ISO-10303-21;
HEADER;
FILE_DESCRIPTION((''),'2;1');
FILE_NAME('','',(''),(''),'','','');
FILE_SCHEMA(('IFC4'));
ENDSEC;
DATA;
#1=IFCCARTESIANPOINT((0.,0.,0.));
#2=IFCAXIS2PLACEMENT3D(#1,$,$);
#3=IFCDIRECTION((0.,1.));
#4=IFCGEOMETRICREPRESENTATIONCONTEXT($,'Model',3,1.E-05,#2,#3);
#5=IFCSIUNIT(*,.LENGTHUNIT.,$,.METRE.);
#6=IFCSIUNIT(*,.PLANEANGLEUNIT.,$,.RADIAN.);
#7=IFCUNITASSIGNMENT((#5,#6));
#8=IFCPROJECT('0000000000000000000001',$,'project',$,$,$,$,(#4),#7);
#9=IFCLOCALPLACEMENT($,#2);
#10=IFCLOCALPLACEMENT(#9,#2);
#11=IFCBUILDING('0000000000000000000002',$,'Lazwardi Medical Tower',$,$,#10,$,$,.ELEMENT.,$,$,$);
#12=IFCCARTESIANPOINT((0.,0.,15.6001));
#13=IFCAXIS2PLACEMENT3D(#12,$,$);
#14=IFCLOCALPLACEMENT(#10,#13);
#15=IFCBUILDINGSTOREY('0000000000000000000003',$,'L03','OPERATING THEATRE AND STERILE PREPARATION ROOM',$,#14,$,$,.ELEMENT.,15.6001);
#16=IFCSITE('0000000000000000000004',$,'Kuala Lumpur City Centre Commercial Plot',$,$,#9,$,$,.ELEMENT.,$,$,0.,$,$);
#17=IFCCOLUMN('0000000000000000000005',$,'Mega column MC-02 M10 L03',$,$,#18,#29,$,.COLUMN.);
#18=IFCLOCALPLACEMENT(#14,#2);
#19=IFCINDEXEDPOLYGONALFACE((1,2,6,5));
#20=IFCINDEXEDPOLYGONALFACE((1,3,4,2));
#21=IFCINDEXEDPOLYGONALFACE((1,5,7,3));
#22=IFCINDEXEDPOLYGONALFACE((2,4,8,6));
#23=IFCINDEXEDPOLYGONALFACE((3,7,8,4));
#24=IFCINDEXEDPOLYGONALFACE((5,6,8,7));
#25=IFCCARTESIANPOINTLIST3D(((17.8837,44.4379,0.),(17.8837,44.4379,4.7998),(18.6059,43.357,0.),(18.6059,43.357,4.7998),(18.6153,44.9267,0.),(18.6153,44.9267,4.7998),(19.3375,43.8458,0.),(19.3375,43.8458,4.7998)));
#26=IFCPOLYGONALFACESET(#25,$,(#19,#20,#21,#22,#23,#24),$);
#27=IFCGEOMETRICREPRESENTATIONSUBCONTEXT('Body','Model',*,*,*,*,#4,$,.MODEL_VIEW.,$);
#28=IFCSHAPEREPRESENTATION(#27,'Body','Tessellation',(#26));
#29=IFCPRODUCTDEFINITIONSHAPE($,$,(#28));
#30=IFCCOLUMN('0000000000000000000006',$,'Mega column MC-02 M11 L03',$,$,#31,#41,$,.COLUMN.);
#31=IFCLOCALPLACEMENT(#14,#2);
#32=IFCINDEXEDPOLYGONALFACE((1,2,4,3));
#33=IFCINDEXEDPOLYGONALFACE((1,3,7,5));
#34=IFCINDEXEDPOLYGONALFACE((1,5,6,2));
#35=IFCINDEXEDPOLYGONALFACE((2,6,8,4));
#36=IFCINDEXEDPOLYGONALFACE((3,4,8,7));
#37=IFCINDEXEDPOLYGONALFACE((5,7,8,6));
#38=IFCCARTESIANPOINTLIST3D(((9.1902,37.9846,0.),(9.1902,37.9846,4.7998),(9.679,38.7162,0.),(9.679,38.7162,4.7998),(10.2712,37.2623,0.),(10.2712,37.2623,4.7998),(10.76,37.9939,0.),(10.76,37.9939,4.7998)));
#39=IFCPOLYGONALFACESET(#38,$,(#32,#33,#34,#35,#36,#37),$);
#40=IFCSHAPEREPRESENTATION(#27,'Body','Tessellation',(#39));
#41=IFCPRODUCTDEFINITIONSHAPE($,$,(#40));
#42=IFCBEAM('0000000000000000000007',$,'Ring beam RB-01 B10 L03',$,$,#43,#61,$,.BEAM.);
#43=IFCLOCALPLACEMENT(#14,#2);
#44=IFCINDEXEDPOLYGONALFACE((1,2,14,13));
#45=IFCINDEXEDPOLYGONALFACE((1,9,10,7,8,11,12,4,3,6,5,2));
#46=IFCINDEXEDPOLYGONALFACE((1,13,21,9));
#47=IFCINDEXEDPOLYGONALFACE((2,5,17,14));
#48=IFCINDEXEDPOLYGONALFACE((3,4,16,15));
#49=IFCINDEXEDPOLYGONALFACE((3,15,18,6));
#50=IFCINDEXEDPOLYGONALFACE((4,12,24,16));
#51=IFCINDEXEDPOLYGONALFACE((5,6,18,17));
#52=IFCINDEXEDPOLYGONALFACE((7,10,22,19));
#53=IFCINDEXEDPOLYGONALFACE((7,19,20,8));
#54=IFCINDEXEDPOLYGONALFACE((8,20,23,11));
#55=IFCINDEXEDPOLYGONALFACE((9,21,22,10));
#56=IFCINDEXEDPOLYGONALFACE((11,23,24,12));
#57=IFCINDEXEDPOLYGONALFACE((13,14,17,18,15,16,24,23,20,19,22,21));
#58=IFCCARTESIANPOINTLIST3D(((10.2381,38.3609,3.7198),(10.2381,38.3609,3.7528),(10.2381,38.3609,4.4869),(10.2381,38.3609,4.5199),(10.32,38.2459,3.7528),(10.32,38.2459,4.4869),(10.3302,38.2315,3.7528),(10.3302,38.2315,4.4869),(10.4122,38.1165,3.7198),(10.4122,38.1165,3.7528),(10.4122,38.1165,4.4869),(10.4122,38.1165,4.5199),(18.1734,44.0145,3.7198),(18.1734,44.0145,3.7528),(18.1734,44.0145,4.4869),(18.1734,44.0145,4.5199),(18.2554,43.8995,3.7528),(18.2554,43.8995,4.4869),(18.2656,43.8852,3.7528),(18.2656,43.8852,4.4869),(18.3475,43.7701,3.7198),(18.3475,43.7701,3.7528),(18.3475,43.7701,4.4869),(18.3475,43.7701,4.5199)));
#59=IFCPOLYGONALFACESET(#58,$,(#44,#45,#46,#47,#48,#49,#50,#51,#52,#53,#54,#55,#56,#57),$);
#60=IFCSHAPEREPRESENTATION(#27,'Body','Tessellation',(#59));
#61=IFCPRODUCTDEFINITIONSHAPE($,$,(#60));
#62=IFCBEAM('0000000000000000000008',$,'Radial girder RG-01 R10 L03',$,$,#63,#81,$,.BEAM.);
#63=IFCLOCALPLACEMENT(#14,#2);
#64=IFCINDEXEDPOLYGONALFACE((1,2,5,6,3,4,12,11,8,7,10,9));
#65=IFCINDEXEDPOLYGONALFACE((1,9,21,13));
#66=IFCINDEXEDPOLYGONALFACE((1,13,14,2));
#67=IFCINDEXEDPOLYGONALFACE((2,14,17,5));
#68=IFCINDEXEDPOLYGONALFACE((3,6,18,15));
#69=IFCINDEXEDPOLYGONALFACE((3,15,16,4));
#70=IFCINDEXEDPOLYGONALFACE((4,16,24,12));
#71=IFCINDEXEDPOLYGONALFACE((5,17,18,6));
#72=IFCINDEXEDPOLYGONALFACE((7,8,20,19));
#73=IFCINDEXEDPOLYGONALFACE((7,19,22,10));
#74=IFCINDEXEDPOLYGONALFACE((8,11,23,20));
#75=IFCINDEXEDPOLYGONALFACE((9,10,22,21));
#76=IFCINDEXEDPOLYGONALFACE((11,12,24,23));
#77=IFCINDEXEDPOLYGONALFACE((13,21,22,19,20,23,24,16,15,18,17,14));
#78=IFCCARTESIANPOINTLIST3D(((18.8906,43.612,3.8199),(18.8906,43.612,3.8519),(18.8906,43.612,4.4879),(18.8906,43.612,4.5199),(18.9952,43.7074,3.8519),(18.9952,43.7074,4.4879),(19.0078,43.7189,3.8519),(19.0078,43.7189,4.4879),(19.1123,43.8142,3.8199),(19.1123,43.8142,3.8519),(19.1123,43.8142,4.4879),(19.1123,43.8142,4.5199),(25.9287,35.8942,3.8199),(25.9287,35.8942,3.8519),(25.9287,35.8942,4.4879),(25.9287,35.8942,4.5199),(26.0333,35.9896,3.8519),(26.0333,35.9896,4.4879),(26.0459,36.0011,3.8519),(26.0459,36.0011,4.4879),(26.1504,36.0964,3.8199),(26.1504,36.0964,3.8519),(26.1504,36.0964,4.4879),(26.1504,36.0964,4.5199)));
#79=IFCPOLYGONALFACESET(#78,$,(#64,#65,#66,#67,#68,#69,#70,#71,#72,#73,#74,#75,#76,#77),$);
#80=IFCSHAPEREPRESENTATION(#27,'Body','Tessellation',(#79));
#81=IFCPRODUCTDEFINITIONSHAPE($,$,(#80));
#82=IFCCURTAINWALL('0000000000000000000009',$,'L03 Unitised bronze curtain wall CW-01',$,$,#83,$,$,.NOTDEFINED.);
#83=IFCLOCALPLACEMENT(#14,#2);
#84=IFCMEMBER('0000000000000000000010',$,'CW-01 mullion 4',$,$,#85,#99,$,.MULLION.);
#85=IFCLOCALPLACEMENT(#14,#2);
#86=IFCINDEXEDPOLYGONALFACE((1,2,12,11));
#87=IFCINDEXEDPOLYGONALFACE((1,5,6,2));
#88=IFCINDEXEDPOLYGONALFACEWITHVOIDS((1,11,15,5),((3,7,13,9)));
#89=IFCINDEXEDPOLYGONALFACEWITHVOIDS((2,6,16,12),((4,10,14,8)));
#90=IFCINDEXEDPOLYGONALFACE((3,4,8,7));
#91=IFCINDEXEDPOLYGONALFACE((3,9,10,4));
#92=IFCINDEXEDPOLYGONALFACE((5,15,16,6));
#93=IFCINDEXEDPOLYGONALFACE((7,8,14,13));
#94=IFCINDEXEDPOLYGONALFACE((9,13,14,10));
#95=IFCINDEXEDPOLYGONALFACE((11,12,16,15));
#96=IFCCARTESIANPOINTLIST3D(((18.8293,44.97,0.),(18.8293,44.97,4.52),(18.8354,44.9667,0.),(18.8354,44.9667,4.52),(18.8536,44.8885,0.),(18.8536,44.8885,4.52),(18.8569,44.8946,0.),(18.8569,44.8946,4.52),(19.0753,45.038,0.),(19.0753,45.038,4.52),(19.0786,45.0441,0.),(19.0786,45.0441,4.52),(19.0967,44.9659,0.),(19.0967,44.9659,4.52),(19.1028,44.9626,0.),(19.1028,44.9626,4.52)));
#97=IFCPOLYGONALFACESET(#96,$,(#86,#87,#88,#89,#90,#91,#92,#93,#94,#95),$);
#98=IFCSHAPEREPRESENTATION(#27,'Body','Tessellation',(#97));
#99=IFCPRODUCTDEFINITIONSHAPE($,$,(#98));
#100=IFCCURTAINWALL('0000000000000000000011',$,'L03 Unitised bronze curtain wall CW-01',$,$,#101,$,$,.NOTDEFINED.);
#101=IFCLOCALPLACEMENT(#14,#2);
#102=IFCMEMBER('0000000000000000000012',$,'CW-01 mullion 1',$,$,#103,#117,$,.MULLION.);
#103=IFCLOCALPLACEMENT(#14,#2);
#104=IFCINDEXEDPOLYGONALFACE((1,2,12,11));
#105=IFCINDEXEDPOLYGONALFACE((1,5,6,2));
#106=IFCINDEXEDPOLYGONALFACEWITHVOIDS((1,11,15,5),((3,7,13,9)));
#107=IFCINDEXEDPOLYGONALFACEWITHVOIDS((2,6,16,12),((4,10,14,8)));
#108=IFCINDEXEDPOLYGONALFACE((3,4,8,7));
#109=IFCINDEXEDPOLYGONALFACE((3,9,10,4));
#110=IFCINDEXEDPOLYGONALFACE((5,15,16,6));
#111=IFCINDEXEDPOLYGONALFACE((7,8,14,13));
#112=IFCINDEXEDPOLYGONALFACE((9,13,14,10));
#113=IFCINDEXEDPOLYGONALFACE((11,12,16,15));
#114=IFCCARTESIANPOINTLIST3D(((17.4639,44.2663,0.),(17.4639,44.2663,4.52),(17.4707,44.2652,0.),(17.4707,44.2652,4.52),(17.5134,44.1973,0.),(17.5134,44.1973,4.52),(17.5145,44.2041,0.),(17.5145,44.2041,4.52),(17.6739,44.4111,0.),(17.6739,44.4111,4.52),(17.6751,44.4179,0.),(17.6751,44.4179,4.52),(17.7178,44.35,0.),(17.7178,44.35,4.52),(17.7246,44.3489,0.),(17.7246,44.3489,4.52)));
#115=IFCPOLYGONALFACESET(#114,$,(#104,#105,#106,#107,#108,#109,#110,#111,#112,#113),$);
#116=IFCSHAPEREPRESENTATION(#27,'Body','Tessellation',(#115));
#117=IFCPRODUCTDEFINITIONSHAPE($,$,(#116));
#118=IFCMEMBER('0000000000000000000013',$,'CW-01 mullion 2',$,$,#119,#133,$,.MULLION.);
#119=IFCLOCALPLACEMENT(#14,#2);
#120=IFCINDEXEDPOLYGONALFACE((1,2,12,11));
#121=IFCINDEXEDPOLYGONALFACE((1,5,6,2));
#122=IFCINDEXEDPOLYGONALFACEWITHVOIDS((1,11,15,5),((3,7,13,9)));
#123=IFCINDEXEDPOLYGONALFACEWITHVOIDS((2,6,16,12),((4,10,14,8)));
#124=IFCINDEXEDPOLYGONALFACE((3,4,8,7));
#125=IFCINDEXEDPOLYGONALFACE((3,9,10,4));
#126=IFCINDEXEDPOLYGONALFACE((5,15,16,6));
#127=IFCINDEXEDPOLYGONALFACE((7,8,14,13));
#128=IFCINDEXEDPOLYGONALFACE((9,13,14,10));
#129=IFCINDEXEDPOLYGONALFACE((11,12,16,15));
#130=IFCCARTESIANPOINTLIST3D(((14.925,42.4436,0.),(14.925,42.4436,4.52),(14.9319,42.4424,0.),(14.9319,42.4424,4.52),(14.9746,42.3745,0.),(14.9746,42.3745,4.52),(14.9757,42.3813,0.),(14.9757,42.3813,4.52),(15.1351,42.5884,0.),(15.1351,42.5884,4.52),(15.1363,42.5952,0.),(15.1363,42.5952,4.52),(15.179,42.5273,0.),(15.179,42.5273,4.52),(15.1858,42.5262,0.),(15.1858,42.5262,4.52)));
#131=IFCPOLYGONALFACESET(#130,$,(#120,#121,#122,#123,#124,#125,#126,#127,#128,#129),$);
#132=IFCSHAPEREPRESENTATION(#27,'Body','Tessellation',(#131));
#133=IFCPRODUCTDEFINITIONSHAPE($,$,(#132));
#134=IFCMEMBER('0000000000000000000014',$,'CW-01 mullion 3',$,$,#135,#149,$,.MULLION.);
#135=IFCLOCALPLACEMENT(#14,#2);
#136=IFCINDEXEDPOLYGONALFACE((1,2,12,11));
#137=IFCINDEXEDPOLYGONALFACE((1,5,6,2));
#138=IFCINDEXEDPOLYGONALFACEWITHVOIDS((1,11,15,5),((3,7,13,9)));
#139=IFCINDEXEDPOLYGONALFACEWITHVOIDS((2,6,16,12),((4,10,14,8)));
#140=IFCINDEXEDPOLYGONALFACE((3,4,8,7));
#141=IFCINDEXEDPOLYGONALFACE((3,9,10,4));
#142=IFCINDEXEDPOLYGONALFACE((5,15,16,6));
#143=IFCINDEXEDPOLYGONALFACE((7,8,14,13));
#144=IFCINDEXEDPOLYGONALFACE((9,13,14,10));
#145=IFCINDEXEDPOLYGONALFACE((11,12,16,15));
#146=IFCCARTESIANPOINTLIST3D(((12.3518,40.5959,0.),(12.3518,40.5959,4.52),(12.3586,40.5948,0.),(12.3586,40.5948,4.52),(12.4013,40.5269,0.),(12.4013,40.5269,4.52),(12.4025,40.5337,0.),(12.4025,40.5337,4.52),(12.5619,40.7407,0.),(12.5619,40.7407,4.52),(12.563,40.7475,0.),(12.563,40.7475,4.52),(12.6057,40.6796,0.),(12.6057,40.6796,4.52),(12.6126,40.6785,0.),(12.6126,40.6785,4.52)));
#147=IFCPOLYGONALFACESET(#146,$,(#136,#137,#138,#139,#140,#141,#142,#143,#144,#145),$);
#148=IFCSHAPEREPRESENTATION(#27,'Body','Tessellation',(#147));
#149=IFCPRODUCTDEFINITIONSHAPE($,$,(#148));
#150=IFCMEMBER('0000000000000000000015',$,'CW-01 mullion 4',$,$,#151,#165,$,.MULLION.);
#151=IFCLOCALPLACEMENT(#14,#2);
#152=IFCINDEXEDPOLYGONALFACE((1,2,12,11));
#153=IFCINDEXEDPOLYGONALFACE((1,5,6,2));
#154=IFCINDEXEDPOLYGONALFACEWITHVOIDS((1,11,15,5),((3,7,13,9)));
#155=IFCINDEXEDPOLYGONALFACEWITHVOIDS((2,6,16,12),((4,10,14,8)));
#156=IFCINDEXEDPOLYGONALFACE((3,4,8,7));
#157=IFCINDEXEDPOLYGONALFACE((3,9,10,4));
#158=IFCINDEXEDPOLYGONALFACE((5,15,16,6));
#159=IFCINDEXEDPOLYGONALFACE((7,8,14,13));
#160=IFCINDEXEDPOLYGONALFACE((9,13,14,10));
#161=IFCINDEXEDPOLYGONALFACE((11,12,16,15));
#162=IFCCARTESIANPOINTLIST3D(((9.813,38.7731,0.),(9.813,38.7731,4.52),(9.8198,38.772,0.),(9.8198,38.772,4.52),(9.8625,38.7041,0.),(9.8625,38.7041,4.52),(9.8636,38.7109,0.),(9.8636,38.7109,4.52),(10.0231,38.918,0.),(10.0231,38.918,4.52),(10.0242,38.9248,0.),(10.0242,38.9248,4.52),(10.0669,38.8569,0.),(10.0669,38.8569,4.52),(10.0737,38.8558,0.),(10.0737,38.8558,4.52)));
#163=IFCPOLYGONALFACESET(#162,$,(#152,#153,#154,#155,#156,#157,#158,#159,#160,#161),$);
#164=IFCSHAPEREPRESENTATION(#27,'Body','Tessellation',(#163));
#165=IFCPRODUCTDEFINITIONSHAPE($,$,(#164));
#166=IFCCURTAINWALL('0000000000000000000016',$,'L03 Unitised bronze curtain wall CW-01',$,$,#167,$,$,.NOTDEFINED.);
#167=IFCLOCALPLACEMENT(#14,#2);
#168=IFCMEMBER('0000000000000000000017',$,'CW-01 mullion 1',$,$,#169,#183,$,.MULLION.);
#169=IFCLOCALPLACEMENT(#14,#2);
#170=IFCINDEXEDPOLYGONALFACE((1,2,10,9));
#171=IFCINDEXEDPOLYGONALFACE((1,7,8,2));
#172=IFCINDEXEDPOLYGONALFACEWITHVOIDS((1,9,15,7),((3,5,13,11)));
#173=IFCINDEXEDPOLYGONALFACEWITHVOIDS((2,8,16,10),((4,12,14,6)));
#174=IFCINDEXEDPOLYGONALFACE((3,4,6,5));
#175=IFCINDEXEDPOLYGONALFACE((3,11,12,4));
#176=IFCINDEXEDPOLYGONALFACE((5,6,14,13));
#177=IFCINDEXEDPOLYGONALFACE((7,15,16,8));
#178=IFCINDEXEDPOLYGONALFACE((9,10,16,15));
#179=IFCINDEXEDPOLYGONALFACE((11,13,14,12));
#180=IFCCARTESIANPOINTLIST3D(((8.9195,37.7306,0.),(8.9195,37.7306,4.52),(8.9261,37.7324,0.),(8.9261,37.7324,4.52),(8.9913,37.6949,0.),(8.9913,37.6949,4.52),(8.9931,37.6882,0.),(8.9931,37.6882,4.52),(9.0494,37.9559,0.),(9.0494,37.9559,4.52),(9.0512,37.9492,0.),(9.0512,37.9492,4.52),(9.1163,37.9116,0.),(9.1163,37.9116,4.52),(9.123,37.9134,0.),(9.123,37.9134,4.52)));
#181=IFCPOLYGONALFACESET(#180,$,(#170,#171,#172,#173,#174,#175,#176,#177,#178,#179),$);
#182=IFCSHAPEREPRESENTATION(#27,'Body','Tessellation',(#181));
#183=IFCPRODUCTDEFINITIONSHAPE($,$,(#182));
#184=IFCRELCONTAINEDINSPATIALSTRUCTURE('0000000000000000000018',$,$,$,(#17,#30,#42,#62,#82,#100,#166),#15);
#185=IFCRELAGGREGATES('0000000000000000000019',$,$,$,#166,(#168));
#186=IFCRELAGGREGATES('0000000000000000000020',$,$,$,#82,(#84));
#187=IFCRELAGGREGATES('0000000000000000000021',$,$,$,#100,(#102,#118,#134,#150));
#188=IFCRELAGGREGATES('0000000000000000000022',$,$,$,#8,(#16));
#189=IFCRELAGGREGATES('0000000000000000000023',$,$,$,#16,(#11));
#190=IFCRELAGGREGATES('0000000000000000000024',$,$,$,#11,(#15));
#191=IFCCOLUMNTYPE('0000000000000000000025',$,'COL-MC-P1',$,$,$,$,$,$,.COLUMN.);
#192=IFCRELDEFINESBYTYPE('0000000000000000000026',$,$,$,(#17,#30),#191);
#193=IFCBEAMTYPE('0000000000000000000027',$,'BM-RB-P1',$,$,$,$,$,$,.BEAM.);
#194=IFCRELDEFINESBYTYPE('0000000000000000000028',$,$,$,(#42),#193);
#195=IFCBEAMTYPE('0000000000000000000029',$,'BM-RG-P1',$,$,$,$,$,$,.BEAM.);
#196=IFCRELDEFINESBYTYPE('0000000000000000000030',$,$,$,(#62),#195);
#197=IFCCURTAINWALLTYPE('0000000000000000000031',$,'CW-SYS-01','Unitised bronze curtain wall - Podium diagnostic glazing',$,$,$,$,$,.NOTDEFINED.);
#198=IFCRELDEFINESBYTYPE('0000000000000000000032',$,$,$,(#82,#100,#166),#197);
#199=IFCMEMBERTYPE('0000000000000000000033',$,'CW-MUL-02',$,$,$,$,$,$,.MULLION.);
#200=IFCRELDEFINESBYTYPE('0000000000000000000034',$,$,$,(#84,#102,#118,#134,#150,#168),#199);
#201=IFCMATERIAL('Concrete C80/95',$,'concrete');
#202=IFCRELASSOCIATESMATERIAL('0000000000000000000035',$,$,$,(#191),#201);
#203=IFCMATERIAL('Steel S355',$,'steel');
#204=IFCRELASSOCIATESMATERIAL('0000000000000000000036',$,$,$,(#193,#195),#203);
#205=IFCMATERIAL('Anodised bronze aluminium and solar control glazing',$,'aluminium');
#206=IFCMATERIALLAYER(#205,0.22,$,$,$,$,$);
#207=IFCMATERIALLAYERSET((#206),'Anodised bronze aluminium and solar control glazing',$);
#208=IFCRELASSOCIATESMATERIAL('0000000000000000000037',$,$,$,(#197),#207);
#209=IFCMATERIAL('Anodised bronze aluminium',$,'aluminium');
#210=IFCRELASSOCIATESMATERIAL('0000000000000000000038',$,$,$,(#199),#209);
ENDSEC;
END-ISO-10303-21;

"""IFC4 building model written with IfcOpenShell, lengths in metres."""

from ifc_helpers import new_model, si_unit, direction, frame, origin, origin_2d, place, context, subcontext, project, spatial, rectangle, hollow_rectangle, i_section, extrude, material, layer, layer_set, material_profile, profile_set, type_object, element, aggregate, save


model = new_model("IFC4")

# Units and contexts
model_context = context("Model", 3, precision=1e-05, world=origin(), true_north=direction((0.0, 1.0)))
body_context = subcontext(model_context, "Body", "Model", "MODEL_VIEW")
ifc_project = project(units=[si_unit("LENGTHUNIT", "METRE"), si_unit("PLANEANGLEUNIT", "RADIAN")], contexts=[model_context])

# Site, building, storey
site_placement = place(None, origin())
site = spatial("IfcSite", under=ifc_project, at=site_placement, Name="Kuala Lumpur City Centre Commercial Plot", CompositionType="ELEMENT", RefElevation=0.0)
building_placement = place(site_placement, origin())
building = spatial("IfcBuilding", under=site, at=building_placement, Name="Lazwardi Medical Tower", CompositionType="ELEMENT")
storey_placement = place(building_placement, frame((0.0, 0.0, 15.6001)))
storey = spatial("IfcBuildingStorey", under=building, at=storey_placement, Name="L03", Description="OPERATING THEATRE AND STERILE PREPARATION ROOM", CompositionType="ELEMENT", Elevation=15.6001)

# Columns
ifc_material_1 = material(Name="Concrete C80/95", Category="concrete")
ifc_material_profile_1 = material_profile(ifc_material_1, rectangle(XDim=1.3, YDim=0.8799, at=origin_2d()), Name="CFT-RECT 1300x880")
ifc_profile_set_1 = profile_set([ifc_material_profile_1], Name="Concrete C80/95")
column_type = type_object("IfcColumnType", Name="COL-MC-P1", PredefinedType="COLUMN", material=ifc_profile_set_1)
for number, where, z_axis, x_axis, name in (
    (1, (18.6106, 44.1418, 0.0), (0.0, 0.0, 1.0), (-0.55557, 0.83147, 0.0), "Mega column MC-02 M10 L03"),
    (2, (9.9751, 37.9893, 0.0), (0.0, 0.0, 1.0), (-0.83147, 0.55557, 0.0), "Mega column MC-02 M11 L03"),
):
    element("IfcColumn", number, at=place(storey_placement, frame(where, z_axis=z_axis, x_axis=x_axis)), inside=storey, type_object=column_type, Name=name, PredefinedType="COLUMN", context=body_context, shape_type="SweptSolid", body=[
        extrude(rectangle(XDim=1.3, YDim=0.8799, at=origin_2d()), origin(), (0.0, 0.0, 1.0), 4.7998),
    ])

# Beams
ifc_material_2 = material(Name="Steel S355", Category="steel")
ifc_material_profile_2 = material_profile(ifc_material_2, i_section(OverallWidth=0.3, OverallDepth=0.8, WebThickness=0.0176, FlangeThickness=0.033, at=origin_2d()), Name="HEB 800")
ifc_profile_set_2 = profile_set([ifc_material_profile_2], Name="Steel S355")
beam_type_1 = type_object("IfcBeamType", Name="BM-RB-P1", PredefinedType="BEAM", material=ifc_profile_set_2)
beam_1_placement = place(storey_placement, frame((18.2605, 43.8923, 4.1199), z_axis=(-0.814437, -0.580252, 0.0), x_axis=(0.580252, -0.814437, 0.0)))
element("IfcBeam", 3, at=beam_1_placement, inside=storey, type_object=beam_type_1, Name="Ring beam RB-01 B10 L03", PredefinedType="BEAM", context=body_context, shape_type="SweptSolid", body=[
    extrude(i_section(OverallWidth=0.3, OverallDepth=0.8, WebThickness=0.0176, FlangeThickness=0.033, at=origin_2d()), origin(), (0.0, 0.0, 1.0), 9.7434),
])
ifc_material_profile_3 = material_profile(ifc_material_2, i_section(OverallWidth=0.3, OverallDepth=0.7, WebThickness=0.0171, FlangeThickness=0.032, at=origin_2d()), Name="HEB 700")
ifc_profile_set_3 = profile_set([ifc_material_profile_3], Name="Steel S355")
beam_type_2 = type_object("IfcBeamType", Name="BM-RG-P1", PredefinedType="BEAM", material=ifc_profile_set_3)
beam_2_placement = place(storey_placement, frame((19.0015, 43.7131, 4.1699), z_axis=(0.673821, -0.738894, 0.0), x_axis=(0.738894, 0.673821, 0.0)))
element("IfcBeam", 4, at=beam_2_placement, inside=storey, type_object=beam_type_2, Name="Radial girder RG-01 R10 L03", PredefinedType="BEAM", context=body_context, shape_type="SweptSolid", body=[
    extrude(i_section(OverallWidth=0.3, OverallDepth=0.7, WebThickness=0.0171, FlangeThickness=0.032, at=origin_2d()), origin(), (0.0, 0.0, 1.0), 10.4451),
])

# Curtain wall, member
ifc_material_3 = material(Name="Anodised bronze aluminium and solar control glazing", Category="aluminium")
ifc_layer_1 = layer(ifc_material_3, 0.22)
ifc_layer_set_1 = layer_set([ifc_layer_1], Name="Anodised bronze aluminium and solar control glazing")
curtain_wall_type = type_object("IfcCurtainWallType", Name="CW-SYS-01", Description="Unitised bronze curtain wall - Podium diagnostic glazing", PredefinedType="NOTDEFINED", material=ifc_layer_set_1)
curtain_wall_1_placement = place(storey_placement, origin())
curtain_wall_1 = element("IfcCurtainWall", 5, at=curtain_wall_1_placement, inside=storey, type_object=curtain_wall_type, Name="L03 Unitised bronze curtain wall CW-01", PredefinedType="NOTDEFINED")
ifc_material_4 = material(Name="Anodised bronze aluminium", Category="aluminium")
ifc_material_profile_4 = material_profile(ifc_material_4, hollow_rectangle(XDim=0.085, YDim=0.26, WallThickness=0.0049, at=origin_2d()), Name="ALU-MULLION 260x85x5")
ifc_profile_set_4 = profile_set([ifc_material_profile_4], Name="Anodised bronze aluminium")
member_type_1 = type_object("IfcMemberType", Name="CW-MUL-02", PredefinedType="MULLION", material=ifc_profile_set_4)
member_1_placement = place(storey_placement, frame((18.9661, 44.9663, 0.0), z_axis=(0.0, 0.0, 1.0), x_axis=(0.285047, -0.958513, 0.0)))
member_1 = element("IfcMember", 6, at=member_1_placement, type_object=member_type_1, Name="CW-01 mullion 4", PredefinedType="MULLION", context=body_context, shape_type="SweptSolid", body=[
    extrude(hollow_rectangle(XDim=0.085, YDim=0.26, WallThickness=0.0049, at=origin_2d()), origin(), (0.0, 0.0, 1.0), 4.52),
])

# Curtain wall, members
curtain_wall_2_placement = place(storey_placement, origin())
curtain_wall_2 = element("IfcCurtainWall", 7, at=curtain_wall_2_placement, inside=storey, type_object=curtain_wall_type, Name="L03 Unitised bronze curtain wall CW-01", PredefinedType="NOTDEFINED")
member_2_placement = place(storey_placement, frame((17.5942, 44.3076, 0.0), z_axis=(0.0, 0.0, 1.0), x_axis=(0.583214, -0.812318, 0.0)))
member_2 = element("IfcMember", 8, at=member_2_placement, type_object=member_type_1, Name="CW-01 mullion 1", PredefinedType="MULLION", context=body_context, shape_type="SweptSolid", body=[
    extrude(hollow_rectangle(XDim=0.085, YDim=0.26, WallThickness=0.0049, at=origin_2d()), origin(), (0.0, 0.0, 1.0), 4.52),
])
member_3_placement = place(storey_placement, frame((15.0554, 42.4849, 0.0), z_axis=(0.0, 0.0, 1.0), x_axis=(0.583214, -0.812318, 0.0)))
member_3 = element("IfcMember", 9, at=member_3_placement, type_object=member_type_1, Name="CW-01 mullion 2", PredefinedType="MULLION", context=body_context, shape_type="SweptSolid", body=[
    extrude(hollow_rectangle(XDim=0.085, YDim=0.26, WallThickness=0.0049, at=origin_2d()), origin(), (0.0, 0.0, 1.0), 4.52),
])
member_4_placement = place(storey_placement, frame((12.4822, 40.6372, 0.0), z_axis=(0.0, 0.0, 1.0), x_axis=(0.583214, -0.812318, 0.0)))
member_4 = element("IfcMember", 10, at=member_4_placement, type_object=member_type_1, Name="CW-01 mullion 3", PredefinedType="MULLION", context=body_context, shape_type="SweptSolid", body=[
    extrude(hollow_rectangle(XDim=0.085, YDim=0.26, WallThickness=0.0049, at=origin_2d()), origin(), (0.0, 0.0, 1.0), 4.52),
])
member_5_placement = place(storey_placement, frame((9.9434, 38.8145, 0.0), z_axis=(0.0, 0.0, 1.0), x_axis=(0.583214, -0.812318, 0.0)))
member_5 = element("IfcMember", 11, at=member_5_placement, type_object=member_type_1, Name="CW-01 mullion 4", PredefinedType="MULLION", context=body_context, shape_type="SweptSolid", body=[
    extrude(hollow_rectangle(XDim=0.085, YDim=0.26, WallThickness=0.0049, at=origin_2d()), origin(), (0.0, 0.0, 1.0), 4.52),
])

# Curtain wall, member
curtain_wall_3_placement = place(storey_placement, origin())
curtain_wall_3 = element("IfcCurtainWall", 12, at=curtain_wall_3_placement, inside=storey, type_object=curtain_wall_type, Name="L03 Unitised bronze curtain wall CW-01", PredefinedType="NOTDEFINED")
member_6_placement = place(storey_placement, frame((9.0212, 37.822, 0.0), z_axis=(0.0, 0.0, 1.0), x_axis=(0.866181, -0.499731, 0.0)))
member_6 = element("IfcMember", 13, at=member_6_placement, type_object=member_type_1, Name="CW-01 mullion 1", PredefinedType="MULLION", context=body_context, shape_type="SweptSolid", body=[
    extrude(hollow_rectangle(XDim=0.085, YDim=0.26, WallThickness=0.0049, at=origin_2d()), origin(), (0.0, 0.0, 1.0), 4.52),
])

aggregate(curtain_wall_3, [member_6])

aggregate(curtain_wall_1, [member_1])
aggregate(curtain_wall_2, [member_2, member_3, member_4, member_5])

save(model, "model.ifc")
